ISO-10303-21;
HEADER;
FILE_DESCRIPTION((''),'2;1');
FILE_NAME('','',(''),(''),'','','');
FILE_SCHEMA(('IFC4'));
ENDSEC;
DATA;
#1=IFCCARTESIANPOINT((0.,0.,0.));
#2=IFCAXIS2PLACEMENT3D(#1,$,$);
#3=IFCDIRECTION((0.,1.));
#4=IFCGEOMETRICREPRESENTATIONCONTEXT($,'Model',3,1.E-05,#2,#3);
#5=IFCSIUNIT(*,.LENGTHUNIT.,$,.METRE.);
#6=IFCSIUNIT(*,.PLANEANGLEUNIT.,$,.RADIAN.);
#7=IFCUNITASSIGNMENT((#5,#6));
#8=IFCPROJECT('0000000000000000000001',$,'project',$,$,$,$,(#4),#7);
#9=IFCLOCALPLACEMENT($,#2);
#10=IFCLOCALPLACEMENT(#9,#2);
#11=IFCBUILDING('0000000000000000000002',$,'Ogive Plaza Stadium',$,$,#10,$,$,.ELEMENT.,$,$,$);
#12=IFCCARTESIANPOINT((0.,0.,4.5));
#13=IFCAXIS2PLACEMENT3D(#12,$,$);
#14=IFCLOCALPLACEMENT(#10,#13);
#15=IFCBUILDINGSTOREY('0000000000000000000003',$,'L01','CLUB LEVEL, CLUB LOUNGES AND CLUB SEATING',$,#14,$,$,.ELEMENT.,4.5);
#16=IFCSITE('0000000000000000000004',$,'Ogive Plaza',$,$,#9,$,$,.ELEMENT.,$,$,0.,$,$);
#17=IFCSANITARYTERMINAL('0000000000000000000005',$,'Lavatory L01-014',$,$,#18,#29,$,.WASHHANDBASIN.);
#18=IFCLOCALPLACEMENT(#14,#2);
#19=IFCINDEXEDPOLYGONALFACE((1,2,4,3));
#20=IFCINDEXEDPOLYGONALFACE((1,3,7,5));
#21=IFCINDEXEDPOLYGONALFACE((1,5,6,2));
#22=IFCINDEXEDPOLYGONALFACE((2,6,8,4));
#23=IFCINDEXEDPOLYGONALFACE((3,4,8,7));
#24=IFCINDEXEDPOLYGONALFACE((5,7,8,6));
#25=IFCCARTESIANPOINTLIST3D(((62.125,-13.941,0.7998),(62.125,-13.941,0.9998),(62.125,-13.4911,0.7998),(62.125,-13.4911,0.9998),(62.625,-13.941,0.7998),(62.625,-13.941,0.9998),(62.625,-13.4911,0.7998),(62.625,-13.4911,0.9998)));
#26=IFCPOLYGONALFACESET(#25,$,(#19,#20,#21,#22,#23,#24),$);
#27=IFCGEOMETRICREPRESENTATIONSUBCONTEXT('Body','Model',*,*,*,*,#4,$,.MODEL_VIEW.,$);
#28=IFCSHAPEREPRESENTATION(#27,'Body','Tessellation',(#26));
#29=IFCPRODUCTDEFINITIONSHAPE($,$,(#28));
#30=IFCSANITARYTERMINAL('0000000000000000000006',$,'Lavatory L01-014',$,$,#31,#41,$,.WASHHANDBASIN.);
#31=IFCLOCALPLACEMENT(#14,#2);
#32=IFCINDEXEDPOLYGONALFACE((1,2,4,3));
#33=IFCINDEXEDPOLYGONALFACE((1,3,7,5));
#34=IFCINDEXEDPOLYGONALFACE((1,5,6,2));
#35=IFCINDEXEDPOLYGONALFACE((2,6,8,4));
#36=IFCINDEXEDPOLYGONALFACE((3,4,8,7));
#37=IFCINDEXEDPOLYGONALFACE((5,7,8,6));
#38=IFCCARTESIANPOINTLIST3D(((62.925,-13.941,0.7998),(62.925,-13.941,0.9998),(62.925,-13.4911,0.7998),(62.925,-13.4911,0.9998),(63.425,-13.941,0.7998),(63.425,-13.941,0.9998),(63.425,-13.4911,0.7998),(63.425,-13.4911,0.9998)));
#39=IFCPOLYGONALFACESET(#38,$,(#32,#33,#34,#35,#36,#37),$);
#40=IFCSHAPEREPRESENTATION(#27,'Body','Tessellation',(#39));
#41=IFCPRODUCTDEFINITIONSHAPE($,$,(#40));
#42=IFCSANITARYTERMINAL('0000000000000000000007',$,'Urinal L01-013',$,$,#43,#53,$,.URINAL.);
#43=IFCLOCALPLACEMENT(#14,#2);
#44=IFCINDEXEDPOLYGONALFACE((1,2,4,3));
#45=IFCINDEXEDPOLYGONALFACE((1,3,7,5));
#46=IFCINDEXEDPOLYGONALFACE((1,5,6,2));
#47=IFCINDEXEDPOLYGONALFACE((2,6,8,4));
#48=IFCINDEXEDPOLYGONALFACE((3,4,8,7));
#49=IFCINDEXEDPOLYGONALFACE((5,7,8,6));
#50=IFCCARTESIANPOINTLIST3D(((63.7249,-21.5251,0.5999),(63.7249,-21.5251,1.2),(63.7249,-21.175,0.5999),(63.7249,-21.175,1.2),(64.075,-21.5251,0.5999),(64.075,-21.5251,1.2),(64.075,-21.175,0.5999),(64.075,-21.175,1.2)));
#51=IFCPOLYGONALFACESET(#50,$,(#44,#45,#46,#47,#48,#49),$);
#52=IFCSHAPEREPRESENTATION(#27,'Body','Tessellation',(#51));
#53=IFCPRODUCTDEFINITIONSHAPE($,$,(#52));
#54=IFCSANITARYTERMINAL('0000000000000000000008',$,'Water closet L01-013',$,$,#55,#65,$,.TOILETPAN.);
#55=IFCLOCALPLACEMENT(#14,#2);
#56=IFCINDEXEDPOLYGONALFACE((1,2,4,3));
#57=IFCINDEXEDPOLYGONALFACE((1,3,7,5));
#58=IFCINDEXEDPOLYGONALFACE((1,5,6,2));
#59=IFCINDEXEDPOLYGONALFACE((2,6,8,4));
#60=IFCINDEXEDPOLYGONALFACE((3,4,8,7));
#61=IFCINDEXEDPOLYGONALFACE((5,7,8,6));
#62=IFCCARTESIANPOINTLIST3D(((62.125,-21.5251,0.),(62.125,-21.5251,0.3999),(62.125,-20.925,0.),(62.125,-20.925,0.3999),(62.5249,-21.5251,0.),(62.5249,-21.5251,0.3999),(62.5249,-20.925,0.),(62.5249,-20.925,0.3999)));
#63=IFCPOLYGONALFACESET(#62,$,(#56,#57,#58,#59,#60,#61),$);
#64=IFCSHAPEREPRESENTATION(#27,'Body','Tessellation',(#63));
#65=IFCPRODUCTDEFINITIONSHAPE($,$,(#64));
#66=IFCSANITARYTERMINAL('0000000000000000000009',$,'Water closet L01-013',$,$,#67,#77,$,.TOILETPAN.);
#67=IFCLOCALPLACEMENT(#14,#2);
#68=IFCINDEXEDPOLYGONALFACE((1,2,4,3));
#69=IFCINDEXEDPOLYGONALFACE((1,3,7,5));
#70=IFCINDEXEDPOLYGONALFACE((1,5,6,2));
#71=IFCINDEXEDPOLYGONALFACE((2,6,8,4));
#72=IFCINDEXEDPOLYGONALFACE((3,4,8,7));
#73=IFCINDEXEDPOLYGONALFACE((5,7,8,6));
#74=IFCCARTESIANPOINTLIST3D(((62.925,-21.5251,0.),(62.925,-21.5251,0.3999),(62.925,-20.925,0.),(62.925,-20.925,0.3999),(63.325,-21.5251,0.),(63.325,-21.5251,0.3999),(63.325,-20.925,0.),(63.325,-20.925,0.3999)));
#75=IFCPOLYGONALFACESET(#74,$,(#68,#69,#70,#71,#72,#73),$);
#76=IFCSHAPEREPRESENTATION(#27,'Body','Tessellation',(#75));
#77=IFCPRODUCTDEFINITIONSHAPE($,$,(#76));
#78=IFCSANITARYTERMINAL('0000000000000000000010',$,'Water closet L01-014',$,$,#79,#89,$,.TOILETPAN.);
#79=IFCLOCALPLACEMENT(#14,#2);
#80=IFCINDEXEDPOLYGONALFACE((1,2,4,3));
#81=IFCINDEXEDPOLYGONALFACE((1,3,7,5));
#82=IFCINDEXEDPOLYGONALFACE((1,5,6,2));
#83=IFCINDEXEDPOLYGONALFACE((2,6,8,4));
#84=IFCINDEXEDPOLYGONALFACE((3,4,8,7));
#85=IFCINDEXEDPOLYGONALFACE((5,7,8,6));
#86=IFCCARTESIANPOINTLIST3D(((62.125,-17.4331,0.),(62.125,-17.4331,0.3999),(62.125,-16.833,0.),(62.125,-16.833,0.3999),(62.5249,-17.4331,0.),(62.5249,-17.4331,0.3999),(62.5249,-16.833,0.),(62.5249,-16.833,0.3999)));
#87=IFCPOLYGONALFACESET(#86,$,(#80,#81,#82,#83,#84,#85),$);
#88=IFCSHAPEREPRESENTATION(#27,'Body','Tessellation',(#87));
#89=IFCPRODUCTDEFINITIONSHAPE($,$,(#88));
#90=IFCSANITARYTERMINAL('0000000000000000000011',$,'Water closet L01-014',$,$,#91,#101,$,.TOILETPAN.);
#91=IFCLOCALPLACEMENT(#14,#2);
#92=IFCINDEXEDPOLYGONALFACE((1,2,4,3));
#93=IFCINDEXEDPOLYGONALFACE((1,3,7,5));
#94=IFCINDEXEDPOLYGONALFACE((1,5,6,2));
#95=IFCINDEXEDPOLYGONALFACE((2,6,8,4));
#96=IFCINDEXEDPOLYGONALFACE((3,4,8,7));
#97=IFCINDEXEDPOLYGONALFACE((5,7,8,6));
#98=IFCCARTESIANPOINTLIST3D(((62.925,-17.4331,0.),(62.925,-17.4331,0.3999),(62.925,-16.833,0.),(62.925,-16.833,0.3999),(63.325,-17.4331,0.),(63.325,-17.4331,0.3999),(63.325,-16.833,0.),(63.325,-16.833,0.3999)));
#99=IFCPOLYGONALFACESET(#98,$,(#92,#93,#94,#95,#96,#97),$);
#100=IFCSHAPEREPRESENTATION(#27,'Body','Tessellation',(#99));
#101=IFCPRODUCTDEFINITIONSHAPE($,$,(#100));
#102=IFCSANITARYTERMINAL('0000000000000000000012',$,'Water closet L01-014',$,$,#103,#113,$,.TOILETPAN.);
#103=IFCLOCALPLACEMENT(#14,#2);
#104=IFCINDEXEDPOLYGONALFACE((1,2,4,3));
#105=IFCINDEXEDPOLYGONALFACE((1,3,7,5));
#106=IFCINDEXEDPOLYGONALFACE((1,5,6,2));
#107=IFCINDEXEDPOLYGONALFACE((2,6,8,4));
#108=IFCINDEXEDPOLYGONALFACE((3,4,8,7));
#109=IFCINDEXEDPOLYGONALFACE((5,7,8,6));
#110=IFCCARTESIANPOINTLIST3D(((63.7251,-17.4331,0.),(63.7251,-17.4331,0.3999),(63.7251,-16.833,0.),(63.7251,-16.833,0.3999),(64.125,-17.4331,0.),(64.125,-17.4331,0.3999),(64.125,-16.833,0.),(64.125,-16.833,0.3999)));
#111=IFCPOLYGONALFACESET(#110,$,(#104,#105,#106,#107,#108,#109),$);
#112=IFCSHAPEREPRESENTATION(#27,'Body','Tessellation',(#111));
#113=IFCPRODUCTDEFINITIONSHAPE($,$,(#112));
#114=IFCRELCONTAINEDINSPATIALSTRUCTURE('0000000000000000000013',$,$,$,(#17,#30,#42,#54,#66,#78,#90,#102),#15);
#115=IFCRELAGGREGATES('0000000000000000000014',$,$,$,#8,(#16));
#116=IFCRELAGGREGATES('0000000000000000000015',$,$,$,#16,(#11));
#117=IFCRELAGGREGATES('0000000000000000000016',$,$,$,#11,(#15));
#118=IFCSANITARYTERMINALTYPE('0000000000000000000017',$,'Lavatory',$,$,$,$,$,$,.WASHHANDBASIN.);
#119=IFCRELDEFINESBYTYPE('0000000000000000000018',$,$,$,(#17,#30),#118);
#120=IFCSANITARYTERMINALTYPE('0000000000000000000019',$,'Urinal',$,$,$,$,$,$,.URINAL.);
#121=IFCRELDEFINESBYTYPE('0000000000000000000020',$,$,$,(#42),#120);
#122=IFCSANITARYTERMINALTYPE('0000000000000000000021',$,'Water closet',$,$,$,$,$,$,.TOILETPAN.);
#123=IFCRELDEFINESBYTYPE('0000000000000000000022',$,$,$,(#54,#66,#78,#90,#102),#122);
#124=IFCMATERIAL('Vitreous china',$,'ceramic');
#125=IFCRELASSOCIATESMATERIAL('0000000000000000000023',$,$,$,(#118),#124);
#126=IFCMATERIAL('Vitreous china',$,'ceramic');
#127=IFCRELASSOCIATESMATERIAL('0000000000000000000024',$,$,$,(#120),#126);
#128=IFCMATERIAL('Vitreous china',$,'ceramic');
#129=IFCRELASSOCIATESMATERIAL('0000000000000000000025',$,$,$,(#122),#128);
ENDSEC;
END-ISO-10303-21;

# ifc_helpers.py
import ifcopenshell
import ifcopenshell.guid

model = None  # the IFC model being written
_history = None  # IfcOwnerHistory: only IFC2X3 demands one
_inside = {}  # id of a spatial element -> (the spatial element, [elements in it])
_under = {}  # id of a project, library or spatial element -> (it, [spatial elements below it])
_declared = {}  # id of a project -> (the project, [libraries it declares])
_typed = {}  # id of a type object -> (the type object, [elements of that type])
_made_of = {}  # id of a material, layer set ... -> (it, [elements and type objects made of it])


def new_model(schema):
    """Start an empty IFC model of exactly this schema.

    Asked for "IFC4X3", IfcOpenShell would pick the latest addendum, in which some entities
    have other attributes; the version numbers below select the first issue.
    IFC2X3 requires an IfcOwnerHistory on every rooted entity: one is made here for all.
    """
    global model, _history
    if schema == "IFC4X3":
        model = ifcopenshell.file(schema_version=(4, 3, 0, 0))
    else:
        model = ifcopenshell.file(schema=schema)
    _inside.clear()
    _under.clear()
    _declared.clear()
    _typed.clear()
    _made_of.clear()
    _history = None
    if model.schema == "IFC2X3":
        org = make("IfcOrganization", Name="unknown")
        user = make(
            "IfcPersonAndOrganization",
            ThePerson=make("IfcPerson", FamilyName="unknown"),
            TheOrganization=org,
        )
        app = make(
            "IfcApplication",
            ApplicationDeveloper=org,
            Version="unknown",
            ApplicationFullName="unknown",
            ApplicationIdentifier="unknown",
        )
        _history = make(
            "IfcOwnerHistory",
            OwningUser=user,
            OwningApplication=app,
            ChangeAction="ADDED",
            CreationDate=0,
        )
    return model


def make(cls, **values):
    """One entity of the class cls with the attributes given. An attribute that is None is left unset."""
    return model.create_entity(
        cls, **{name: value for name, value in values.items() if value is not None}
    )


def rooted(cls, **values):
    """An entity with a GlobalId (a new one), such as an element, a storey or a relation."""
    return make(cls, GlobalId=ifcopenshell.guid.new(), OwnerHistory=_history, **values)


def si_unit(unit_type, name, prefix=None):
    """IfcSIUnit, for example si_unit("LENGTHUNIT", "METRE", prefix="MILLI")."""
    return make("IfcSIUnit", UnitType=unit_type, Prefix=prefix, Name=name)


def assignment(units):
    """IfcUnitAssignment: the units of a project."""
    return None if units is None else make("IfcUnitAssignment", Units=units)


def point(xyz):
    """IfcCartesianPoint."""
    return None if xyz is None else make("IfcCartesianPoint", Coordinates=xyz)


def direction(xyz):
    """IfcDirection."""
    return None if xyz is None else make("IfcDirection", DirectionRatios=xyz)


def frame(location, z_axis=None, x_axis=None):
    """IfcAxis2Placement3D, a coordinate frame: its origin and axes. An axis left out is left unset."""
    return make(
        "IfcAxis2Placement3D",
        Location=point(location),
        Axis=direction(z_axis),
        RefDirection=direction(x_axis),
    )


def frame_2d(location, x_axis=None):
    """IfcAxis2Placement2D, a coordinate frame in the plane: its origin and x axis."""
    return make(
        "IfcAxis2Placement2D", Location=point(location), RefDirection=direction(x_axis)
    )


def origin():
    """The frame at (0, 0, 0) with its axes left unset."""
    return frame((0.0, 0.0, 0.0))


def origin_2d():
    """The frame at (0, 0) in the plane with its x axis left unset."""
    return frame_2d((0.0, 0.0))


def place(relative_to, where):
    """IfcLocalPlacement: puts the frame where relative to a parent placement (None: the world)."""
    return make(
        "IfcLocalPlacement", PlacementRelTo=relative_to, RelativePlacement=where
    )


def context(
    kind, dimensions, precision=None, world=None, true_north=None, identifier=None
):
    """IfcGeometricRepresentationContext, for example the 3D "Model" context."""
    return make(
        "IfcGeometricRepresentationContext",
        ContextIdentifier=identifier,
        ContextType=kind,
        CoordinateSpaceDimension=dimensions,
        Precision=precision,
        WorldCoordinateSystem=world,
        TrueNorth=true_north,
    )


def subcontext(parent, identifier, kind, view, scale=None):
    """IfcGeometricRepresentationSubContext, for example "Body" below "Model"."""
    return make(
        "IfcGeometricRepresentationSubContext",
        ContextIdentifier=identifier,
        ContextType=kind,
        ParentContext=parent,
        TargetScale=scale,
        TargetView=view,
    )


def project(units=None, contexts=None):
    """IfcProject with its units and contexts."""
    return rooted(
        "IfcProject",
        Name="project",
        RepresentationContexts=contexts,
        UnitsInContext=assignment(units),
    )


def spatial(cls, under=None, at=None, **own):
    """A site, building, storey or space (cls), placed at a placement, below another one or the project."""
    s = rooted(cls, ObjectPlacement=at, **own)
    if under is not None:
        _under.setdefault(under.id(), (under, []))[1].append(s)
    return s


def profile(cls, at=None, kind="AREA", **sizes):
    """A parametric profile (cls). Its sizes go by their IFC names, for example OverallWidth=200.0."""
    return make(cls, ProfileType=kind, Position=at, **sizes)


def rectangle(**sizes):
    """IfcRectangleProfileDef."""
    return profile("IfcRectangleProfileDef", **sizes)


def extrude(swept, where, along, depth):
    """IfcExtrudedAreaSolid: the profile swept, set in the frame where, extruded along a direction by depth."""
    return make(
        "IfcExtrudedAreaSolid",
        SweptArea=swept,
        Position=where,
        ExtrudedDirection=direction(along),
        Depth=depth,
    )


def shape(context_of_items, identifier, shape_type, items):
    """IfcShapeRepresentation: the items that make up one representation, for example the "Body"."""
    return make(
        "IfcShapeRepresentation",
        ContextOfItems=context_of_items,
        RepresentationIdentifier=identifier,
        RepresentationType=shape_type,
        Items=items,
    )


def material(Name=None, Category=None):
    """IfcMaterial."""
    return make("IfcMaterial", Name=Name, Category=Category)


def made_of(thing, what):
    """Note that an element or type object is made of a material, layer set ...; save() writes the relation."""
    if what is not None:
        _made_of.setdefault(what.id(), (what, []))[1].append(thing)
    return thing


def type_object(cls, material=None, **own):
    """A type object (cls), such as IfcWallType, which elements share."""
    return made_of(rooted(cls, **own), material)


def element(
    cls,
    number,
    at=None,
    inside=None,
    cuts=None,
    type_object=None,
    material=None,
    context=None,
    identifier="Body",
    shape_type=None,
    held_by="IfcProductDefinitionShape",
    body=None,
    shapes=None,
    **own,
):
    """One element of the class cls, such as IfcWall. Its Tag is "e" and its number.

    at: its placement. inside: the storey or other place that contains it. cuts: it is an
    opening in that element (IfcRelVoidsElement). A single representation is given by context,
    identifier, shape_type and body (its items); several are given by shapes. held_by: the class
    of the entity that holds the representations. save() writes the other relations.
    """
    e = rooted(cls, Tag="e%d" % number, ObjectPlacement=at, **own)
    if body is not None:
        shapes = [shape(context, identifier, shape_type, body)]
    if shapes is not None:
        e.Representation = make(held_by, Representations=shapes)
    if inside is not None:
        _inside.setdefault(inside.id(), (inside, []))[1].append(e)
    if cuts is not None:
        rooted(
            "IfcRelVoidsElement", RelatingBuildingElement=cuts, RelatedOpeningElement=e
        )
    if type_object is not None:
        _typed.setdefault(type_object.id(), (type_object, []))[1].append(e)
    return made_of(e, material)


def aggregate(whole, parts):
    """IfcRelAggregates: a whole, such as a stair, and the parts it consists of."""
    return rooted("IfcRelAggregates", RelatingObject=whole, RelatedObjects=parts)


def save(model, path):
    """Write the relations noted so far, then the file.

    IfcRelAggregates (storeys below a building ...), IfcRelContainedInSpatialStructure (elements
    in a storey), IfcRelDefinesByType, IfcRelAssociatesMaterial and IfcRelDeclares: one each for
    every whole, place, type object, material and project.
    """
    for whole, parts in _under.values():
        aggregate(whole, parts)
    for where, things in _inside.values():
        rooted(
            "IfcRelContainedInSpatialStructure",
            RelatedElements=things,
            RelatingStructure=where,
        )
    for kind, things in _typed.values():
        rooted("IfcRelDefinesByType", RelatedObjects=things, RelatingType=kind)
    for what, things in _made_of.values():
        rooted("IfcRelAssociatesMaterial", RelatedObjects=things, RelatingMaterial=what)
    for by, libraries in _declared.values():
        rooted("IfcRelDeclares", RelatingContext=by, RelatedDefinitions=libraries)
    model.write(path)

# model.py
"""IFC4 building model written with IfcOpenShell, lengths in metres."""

from ifc_helpers import new_model, si_unit, direction, frame, origin, origin_2d, place, context, subcontext, project, spatial, rectangle, extrude, material, type_object, element, save


model = new_model("IFC4")

# Units and contexts
model_context = context("Model", 3, precision=1e-05, world=origin(), true_north=direction((0.0, 1.0)))
body_context = subcontext(model_context, "Body", "Model", "MODEL_VIEW")
ifc_project = project(units=[si_unit("LENGTHUNIT", "METRE"), si_unit("PLANEANGLEUNIT", "RADIAN")], contexts=[model_context])

# Site, building, storey
site_placement = place(None, origin())
site = spatial("IfcSite", under=ifc_project, at=site_placement, Name="Ogive Plaza", CompositionType="ELEMENT", RefElevation=0.0)
building_placement = place(site_placement, origin())
building = spatial("IfcBuilding", under=site, at=building_placement, Name="Ogive Plaza Stadium", CompositionType="ELEMENT")
storey_placement = place(building_placement, frame((0.0, 0.0, 4.5)))
storey = spatial("IfcBuildingStorey", under=building, at=storey_placement, Name="L01", Description="CLUB LEVEL, CLUB LOUNGES AND CLUB SEATING", CompositionType="ELEMENT", Elevation=4.5)

# Sanitary terminals
ifc_material_1 = material(Name="Vitreous china", Category="ceramic")
sanitary_terminal_type_1 = type_object("IfcSanitaryTerminalType", Name="Lavatory", PredefinedType="WASHHANDBASIN", material=ifc_material_1)
for number, where, z_axis, x_axis, name in (
    (1, (62.375, -13.7161, 0.7998), (0.0, 0.0, 1.0), (1.0, 0.0, 0.0), "Lavatory L01-014"),
    (2, (63.175, -13.7161, 0.7998), (0.0, 0.0, 1.0), (1.0, 0.0, 0.0), "Lavatory L01-014"),
):
    element("IfcSanitaryTerminal", number, at=place(storey_placement, frame(where, z_axis=z_axis, x_axis=x_axis)), inside=storey, type_object=sanitary_terminal_type_1, Name=name, PredefinedType="WASHHANDBASIN", context=body_context, shape_type="SweptSolid", body=[
        extrude(rectangle(XDim=0.5, YDim=0.45, at=origin_2d()), origin(), (0.0, 0.0, 1.0), 0.2),
    ])
ifc_material_2 = material(Name="Vitreous china", Category="ceramic")
sanitary_terminal_type_2 = type_object("IfcSanitaryTerminalType", Name="Urinal", PredefinedType="URINAL", material=ifc_material_2)
sanitary_terminal_1_placement = place(storey_placement, frame((63.8999, -21.3501, 0.5999), z_axis=(0.0, 0.0, 1.0), x_axis=(1.0, 0.0, 0.0)))
element("IfcSanitaryTerminal", 3, at=sanitary_terminal_1_placement, inside=storey, type_object=sanitary_terminal_type_2, Name="Urinal L01-013", PredefinedType="URINAL", context=body_context, shape_type="SweptSolid", body=[
    extrude(rectangle(XDim=0.3501, YDim=0.3501, at=origin_2d()), origin(), (0.0, 0.0, 1.0), 0.6001),
])
ifc_material_3 = material(Name="Vitreous china", Category="ceramic")
sanitary_terminal_type_3 = type_object("IfcSanitaryTerminalType", Name="Water closet", PredefinedType="TOILETPAN", material=ifc_material_3)
for number, where, z_axis, x_axis, name in (
    (4, (62.325, -21.2251, 0.0), (0.0, 0.0, 1.0), (1.0, 0.0, 0.0), "Water closet L01-013"),
    (5, (63.125, -21.2251, 0.0), (0.0, 0.0, 1.0), (1.0, 0.0, 0.0), "Water closet L01-013"),
    (6, (62.325, -17.1331, 0.0), (0.0, 0.0, 1.0), (1.0, 0.0, 0.0), "Water closet L01-014"),
    (7, (63.125, -17.1331, 0.0), (0.0, 0.0, 1.0), (1.0, 0.0, 0.0), "Water closet L01-014"),
    (8, (63.925, -17.1331, 0.0), (0.0, 0.0, 1.0), (1.0, 0.0, 0.0), "Water closet L01-014"),
):
    element("IfcSanitaryTerminal", number, at=place(storey_placement, frame(where, z_axis=z_axis, x_axis=x_axis)), inside=storey, type_object=sanitary_terminal_type_3, Name=name, PredefinedType="TOILETPAN", context=body_context, shape_type="SweptSolid", body=[
        extrude(rectangle(XDim=0.3999, YDim=0.6001, at=origin_2d()), origin(), (0.0, 0.0, 1.0), 0.3999),
    ])

save(model, "model.ifc")
